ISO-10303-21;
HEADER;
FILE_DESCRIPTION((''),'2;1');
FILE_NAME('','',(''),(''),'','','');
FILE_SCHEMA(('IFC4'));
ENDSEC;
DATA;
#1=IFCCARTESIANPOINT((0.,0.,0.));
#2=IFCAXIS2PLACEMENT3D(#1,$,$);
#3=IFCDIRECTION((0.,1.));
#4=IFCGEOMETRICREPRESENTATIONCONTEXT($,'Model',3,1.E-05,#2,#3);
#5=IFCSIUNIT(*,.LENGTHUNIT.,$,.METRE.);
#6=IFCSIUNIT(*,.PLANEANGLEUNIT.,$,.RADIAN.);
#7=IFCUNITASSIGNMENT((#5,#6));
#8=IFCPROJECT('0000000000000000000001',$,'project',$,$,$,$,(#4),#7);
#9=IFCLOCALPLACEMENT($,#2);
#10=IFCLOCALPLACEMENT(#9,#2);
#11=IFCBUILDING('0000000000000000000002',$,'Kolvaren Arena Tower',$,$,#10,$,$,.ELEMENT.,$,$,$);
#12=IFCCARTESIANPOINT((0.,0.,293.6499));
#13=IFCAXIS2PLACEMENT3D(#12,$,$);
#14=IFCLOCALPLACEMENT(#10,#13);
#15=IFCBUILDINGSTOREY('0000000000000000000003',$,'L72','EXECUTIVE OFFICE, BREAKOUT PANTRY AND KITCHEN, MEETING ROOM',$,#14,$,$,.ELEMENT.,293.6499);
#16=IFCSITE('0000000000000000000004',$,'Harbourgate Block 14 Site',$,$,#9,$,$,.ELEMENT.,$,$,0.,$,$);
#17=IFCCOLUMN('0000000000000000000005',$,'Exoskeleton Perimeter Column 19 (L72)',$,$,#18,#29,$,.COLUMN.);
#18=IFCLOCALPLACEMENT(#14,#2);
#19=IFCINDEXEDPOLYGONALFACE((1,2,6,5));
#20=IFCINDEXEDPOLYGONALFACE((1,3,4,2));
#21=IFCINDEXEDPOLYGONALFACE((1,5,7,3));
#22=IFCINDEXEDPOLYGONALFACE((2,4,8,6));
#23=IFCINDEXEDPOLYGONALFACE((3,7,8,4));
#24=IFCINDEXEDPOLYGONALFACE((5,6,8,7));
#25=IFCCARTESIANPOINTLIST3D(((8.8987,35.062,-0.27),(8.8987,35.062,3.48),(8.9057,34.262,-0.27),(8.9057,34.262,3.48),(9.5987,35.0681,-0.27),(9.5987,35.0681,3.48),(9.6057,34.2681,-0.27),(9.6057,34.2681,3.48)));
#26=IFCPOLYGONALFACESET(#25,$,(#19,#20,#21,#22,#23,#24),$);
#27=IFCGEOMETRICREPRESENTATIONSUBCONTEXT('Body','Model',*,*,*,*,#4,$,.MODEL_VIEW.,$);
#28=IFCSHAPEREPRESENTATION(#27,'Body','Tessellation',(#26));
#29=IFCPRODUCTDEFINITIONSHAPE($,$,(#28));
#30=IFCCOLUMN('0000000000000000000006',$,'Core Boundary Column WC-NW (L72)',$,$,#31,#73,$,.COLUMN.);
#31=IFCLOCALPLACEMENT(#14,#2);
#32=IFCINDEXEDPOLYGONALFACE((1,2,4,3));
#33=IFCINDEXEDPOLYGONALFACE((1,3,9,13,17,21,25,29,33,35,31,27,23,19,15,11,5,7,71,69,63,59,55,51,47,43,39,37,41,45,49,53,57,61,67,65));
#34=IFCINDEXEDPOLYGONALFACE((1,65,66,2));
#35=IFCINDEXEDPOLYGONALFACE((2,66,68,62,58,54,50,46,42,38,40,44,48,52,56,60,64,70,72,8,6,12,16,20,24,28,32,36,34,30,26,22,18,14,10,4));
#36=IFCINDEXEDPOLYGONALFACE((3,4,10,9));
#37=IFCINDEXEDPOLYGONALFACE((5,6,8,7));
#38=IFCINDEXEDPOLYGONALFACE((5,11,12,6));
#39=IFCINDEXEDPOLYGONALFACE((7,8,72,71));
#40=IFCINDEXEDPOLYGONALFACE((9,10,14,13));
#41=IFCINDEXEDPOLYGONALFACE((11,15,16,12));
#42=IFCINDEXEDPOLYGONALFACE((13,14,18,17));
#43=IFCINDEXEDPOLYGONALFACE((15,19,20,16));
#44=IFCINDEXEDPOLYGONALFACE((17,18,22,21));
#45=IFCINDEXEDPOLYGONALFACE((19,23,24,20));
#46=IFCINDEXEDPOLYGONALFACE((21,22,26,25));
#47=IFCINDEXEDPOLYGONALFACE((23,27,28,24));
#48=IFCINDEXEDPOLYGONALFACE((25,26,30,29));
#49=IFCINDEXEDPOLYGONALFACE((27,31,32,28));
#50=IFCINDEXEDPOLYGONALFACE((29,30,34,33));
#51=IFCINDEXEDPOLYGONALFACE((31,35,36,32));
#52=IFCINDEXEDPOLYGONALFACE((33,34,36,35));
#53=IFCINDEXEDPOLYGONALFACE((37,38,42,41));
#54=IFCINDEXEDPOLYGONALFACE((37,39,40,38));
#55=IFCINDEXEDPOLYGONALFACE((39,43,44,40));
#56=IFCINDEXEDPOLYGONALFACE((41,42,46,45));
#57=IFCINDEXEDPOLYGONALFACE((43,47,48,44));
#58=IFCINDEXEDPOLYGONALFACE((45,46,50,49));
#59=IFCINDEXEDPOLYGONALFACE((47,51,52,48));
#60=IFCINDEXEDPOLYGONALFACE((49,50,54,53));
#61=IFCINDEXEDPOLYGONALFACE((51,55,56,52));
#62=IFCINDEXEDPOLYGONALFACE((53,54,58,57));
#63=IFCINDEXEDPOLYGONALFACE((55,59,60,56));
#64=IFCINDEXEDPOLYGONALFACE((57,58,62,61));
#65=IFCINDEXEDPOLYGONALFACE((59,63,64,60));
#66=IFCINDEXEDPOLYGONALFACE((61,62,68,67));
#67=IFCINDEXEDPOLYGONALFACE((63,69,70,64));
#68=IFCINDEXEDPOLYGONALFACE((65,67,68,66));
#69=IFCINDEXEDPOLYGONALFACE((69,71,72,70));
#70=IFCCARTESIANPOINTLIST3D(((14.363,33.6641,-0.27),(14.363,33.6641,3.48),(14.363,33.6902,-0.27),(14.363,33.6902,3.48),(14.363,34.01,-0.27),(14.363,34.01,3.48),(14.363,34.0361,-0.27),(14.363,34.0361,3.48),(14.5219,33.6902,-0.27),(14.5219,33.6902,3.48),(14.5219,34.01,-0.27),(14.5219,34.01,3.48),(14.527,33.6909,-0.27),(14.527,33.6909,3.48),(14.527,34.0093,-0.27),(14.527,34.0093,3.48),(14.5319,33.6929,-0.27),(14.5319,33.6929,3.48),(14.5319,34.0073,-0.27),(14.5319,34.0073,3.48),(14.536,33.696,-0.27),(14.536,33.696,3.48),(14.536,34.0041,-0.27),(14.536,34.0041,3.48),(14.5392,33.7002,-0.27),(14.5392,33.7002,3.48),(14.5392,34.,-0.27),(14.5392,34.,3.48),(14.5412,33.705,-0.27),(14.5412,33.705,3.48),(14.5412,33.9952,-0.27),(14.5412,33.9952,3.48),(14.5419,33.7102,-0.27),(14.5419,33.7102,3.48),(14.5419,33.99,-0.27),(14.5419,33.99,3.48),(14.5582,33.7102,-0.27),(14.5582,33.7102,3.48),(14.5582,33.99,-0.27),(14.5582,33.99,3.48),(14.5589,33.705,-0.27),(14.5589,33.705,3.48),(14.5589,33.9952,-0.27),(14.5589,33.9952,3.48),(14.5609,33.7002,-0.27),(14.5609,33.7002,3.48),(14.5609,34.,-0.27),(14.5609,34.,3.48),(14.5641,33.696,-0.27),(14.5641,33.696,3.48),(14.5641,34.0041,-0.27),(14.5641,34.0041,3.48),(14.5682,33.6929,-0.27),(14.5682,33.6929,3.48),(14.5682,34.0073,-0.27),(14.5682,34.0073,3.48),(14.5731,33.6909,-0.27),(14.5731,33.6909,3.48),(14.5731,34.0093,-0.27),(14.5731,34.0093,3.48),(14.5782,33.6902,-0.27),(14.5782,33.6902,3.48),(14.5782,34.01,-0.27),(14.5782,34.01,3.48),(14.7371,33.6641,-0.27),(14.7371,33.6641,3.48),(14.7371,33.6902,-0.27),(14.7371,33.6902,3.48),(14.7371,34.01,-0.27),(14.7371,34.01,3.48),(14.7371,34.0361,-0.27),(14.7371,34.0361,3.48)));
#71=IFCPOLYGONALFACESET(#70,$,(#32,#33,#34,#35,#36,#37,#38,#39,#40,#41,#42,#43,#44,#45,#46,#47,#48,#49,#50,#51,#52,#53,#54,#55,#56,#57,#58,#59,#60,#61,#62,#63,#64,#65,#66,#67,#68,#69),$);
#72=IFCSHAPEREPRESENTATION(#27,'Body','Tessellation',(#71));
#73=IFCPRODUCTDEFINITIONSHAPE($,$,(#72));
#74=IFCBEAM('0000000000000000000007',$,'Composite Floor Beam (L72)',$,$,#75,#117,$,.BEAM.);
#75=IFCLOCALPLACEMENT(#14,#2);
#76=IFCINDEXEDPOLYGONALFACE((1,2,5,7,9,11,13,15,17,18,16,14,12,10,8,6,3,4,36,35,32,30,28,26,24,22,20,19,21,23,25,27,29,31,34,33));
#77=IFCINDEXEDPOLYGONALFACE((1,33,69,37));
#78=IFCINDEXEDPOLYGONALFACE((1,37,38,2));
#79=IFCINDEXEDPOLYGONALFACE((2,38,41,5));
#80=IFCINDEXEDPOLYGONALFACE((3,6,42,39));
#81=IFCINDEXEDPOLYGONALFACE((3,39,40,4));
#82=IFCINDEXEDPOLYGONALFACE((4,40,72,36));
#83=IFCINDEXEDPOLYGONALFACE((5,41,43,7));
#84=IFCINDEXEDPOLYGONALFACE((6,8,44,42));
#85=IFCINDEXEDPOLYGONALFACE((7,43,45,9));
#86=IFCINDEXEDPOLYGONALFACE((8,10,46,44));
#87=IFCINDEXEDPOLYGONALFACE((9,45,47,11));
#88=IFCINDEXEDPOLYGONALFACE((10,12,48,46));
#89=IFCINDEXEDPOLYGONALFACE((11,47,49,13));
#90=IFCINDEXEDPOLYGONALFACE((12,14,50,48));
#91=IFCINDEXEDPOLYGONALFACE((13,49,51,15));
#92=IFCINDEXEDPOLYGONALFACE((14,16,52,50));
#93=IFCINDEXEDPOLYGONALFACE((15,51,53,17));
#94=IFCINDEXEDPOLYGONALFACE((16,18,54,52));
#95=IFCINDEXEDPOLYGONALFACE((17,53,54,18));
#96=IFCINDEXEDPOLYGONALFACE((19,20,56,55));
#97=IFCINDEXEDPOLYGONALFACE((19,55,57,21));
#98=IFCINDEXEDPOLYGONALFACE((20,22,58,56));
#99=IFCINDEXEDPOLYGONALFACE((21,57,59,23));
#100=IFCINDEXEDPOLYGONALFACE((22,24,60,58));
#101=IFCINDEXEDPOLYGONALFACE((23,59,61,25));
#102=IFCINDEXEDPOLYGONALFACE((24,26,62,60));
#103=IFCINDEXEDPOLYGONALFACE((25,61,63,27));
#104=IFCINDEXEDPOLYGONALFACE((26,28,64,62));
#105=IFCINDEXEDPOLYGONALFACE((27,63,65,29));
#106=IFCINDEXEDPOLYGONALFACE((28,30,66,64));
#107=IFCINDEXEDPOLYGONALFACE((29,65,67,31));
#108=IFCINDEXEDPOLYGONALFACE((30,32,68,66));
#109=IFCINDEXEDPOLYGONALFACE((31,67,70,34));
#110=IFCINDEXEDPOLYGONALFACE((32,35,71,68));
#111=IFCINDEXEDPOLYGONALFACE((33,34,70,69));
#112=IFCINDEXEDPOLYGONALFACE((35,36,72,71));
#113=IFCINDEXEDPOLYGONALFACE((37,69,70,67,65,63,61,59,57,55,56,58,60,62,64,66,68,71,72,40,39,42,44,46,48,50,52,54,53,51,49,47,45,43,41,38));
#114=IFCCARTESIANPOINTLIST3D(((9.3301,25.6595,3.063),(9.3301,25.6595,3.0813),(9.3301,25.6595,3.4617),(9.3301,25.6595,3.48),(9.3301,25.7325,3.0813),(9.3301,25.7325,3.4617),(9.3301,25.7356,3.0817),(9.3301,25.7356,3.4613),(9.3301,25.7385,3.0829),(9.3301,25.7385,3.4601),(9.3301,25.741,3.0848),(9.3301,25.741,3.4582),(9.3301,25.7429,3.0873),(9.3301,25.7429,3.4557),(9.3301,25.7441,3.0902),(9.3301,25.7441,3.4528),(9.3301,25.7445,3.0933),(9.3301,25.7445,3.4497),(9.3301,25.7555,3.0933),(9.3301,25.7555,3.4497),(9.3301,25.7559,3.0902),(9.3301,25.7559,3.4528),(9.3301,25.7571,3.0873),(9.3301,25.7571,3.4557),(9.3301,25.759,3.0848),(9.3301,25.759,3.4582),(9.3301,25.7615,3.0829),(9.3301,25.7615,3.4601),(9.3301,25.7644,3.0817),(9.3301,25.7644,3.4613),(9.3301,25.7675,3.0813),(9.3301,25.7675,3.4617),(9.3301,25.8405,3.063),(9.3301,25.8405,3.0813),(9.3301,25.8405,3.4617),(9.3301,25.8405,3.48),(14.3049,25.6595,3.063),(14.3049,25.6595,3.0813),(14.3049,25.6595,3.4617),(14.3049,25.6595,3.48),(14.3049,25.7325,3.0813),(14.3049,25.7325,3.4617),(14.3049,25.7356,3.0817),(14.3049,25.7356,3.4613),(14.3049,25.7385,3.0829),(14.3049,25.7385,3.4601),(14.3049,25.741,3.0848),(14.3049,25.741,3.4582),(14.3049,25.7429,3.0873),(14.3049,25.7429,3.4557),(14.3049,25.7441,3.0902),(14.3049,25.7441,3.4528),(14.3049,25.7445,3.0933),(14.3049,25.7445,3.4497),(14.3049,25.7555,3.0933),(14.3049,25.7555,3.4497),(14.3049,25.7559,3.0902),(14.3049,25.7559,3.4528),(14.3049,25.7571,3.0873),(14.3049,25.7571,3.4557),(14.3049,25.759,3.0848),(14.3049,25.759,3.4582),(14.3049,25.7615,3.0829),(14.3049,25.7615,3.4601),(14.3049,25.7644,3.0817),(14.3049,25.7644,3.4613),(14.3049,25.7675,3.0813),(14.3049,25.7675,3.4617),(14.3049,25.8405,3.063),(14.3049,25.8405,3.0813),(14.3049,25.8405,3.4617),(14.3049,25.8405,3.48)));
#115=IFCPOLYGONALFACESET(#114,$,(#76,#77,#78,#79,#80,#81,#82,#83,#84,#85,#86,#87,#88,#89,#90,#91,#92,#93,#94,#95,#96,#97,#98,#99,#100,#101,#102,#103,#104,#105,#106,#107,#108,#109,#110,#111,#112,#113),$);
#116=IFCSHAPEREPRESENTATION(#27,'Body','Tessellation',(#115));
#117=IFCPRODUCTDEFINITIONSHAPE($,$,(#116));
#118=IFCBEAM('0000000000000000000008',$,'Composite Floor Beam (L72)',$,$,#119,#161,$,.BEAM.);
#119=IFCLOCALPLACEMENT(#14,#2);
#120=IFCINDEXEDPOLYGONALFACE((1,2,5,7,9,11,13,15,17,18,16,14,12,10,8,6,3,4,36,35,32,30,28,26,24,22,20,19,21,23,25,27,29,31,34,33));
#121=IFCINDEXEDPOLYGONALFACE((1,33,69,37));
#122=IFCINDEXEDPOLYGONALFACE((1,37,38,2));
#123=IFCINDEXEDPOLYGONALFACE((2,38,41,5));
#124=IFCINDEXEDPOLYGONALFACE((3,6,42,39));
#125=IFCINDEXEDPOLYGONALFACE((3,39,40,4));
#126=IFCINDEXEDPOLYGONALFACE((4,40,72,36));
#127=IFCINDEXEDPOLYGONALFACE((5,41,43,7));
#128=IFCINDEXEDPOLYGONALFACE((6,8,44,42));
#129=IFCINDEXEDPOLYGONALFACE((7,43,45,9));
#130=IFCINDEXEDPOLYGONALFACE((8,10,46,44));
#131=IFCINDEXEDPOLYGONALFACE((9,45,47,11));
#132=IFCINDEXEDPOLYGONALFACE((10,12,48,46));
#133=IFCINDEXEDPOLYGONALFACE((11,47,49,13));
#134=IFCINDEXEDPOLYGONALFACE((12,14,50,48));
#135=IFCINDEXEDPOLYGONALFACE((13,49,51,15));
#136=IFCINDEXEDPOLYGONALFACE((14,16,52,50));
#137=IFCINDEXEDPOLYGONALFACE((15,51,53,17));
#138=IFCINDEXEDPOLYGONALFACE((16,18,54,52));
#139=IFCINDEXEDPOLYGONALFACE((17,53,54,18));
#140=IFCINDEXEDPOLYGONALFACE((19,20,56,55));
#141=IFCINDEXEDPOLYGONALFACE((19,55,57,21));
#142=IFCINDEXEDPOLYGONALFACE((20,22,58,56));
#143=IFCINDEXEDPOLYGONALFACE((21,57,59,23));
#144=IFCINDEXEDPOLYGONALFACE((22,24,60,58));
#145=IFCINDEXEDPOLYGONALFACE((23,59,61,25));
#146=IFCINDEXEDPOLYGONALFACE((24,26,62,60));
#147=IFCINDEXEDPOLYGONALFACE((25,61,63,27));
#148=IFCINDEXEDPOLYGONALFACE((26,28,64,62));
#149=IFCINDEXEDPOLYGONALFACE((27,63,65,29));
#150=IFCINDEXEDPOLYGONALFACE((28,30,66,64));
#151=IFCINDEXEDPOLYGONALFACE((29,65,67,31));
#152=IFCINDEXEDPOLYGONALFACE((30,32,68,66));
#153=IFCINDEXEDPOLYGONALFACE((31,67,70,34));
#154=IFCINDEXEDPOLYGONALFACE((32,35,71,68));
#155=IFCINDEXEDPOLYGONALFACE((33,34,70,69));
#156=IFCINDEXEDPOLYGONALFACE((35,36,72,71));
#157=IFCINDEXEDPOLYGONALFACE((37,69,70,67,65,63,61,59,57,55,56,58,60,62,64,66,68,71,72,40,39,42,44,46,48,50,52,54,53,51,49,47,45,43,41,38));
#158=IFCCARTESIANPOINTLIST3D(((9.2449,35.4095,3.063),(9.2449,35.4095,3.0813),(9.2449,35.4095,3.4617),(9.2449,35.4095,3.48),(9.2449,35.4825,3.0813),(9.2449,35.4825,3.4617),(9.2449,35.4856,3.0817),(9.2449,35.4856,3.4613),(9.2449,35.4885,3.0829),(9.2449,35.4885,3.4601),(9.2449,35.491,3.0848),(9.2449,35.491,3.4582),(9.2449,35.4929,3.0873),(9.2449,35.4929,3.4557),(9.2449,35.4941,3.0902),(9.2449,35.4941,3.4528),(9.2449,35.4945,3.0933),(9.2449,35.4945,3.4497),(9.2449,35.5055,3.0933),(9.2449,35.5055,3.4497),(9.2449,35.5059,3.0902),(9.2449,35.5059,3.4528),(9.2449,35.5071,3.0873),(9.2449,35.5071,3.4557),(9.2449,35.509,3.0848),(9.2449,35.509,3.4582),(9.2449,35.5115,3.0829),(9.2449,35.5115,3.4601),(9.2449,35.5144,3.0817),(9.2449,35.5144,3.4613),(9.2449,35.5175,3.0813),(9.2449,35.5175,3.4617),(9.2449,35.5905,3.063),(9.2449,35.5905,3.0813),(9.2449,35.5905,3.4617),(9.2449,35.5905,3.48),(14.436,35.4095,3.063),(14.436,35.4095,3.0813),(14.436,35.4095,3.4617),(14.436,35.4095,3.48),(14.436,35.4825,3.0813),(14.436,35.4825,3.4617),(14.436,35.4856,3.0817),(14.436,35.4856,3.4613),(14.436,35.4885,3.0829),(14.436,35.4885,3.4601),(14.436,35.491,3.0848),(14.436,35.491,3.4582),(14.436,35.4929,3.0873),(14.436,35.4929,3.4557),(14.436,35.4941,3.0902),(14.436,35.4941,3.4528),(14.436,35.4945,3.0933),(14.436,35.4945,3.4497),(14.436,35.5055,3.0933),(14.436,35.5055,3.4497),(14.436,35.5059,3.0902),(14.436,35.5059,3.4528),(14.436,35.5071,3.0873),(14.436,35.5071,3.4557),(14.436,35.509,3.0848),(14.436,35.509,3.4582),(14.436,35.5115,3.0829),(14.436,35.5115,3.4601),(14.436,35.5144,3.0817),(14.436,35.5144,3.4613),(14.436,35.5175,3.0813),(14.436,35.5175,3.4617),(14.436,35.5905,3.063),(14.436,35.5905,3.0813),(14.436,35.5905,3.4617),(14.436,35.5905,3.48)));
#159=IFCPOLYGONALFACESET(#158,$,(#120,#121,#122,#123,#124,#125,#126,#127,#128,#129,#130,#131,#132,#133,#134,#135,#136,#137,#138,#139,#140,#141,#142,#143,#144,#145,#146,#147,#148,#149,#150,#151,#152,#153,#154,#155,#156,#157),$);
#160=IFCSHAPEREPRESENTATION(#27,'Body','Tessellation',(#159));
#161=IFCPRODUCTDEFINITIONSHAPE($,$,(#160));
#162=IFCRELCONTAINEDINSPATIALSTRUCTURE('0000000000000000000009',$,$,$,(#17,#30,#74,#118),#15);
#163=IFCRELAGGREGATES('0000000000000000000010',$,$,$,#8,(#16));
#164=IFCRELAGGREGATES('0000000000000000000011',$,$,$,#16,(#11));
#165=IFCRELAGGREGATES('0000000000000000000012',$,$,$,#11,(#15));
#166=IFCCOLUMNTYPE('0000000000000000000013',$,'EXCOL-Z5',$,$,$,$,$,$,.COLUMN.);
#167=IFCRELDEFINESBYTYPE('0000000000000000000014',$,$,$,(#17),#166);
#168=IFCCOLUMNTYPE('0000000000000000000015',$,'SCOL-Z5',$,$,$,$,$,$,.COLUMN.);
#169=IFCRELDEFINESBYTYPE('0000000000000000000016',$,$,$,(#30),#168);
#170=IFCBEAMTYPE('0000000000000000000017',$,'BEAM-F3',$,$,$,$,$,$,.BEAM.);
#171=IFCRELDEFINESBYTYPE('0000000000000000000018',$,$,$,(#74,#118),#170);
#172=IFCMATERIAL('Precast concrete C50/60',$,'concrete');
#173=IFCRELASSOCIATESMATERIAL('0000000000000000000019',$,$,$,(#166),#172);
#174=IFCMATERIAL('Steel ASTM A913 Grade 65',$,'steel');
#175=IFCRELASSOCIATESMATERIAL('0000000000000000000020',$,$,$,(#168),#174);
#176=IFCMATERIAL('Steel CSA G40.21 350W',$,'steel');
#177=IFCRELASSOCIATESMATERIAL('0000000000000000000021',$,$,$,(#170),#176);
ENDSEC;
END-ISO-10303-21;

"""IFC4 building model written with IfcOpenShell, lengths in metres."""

from ifc_helpers import new_model, si_unit, direction, frame, origin, origin_2d, place, context, subcontext, project, spatial, rectangle, i_section, extrude, material, material_profile, profile_set, type_object, element, save


model = new_model("IFC4")

# Units and contexts
model_context = context("Model", 3, precision=1e-05, world=origin(), true_north=direction((0.0, 1.0)))
body_context = subcontext(model_context, "Body", "Model", "MODEL_VIEW")
ifc_project = project(units=[si_unit("LENGTHUNIT", "METRE"), si_unit("PLANEANGLEUNIT", "RADIAN")], contexts=[model_context])

# Site, building, storey
site_placement = place(None, origin())
site = spatial("IfcSite", under=ifc_project, at=site_placement, Name="Harbourgate Block 14 Site", CompositionType="ELEMENT", RefElevation=0.0)
building_placement = place(site_placement, origin())
building = spatial("IfcBuilding", under=site, at=building_placement, Name="Kolvaren Arena Tower", CompositionType="ELEMENT")
storey_placement = place(building_placement, frame((0.0, 0.0, 293.6499)))
storey = spatial("IfcBuildingStorey", under=building, at=storey_placement, Name="L72", Description="EXECUTIVE OFFICE, BREAKOUT PANTRY AND KITCHEN, MEETING ROOM", CompositionType="ELEMENT", Elevation=293.6499)

# Columns
ifc_material_1 = material(Name="Precast concrete C50/60", Category="concrete")
ifc_material_profile_1 = material_profile(ifc_material_1, rectangle(XDim=0.8, YDim=0.7, at=origin_2d()), Name="RC-800x700")
ifc_profile_set_1 = profile_set([ifc_material_profile_1], Name="Precast concrete C50/60")
column_type_1 = type_object("IfcColumnType", Name="EXCOL-Z5", PredefinedType="COLUMN", material=ifc_profile_set_1)
column_1_placement = place(storey_placement, frame((9.2522, 34.665, -0.27), z_axis=(0.0, 0.0, 1.0), x_axis=(-0.008727, 0.999962, 0.0)))
element("IfcColumn", 1, at=column_1_placement, inside=storey, type_object=column_type_1, Name="Exoskeleton Perimeter Column 19 (L72)", PredefinedType="COLUMN", context=body_context, shape_type="SweptSolid", body=[
    extrude(rectangle(XDim=0.8, YDim=0.7, at=origin_2d()), origin(), (0.0, 0.0, 1.0), 3.75),
])
ifc_material_2 = material(Name="Steel ASTM A913 Grade 65", Category="steel")
ifc_material_profile_2 = material_profile(ifc_material_2, i_section(OverallWidth=0.374, OverallDepth=0.3721, WebThickness=0.0164, FlangeThickness=0.0261, FilletRadius=0.02, at=origin_2d()), Name="W360x196")
ifc_profile_set_2 = profile_set([ifc_material_profile_2], Name="Steel ASTM A913 Grade 65")
column_type_2 = type_object("IfcColumnType", Name="SCOL-Z5", PredefinedType="COLUMN", material=ifc_profile_set_2)
column_2_placement = place(storey_placement, frame((14.55, 33.8501, -0.27), z_axis=(0.0, 0.0, 1.0), x_axis=(1.0, 0.0, 0.0)))
element("IfcColumn", 2, at=column_2_placement, inside=storey, type_object=column_type_2, Name="Core Boundary Column WC-NW (L72)", PredefinedType="COLUMN", context=body_context, shape_type="SweptSolid", body=[
    extrude(i_section(OverallWidth=0.374, OverallDepth=0.3721, WebThickness=0.0164, FlangeThickness=0.0261, FilletRadius=0.02, at=origin_2d()), origin(), (0.0, 0.0, 1.0), 3.75),
])

# Beams
ifc_material_3 = material(Name="Steel CSA G40.21 350W", Category="steel")
ifc_material_profile_3 = material_profile(ifc_material_3, i_section(OverallWidth=0.1809, OverallDepth=0.417, WebThickness=0.011, FlangeThickness=0.0183, FilletRadius=0.012, at=origin_2d()), Name="W410x85")
ifc_profile_set_3 = profile_set([ifc_material_profile_3], Name="Steel CSA G40.21 350W")
beam_type_1 = type_object("IfcBeamType", Name="BEAM-F3", PredefinedType="BEAM", material=ifc_profile_set_3)
beam_1_placement = place(storey_placement, frame((9.3301, 25.75, 3.2715), z_axis=(1.0, 0.0, 0.0), x_axis=(0.0, 1.0, 0.0)))
element("IfcBeam", 3, at=beam_1_placement, inside=storey, type_object=beam_type_1, Name="Composite Floor Beam (L72)", PredefinedType="BEAM", context=body_context, shape_type="SweptSolid", body=[
    extrude(i_section(OverallWidth=0.1809, OverallDepth=0.417, WebThickness=0.011, FlangeThickness=0.0183, FilletRadius=0.012, at=origin_2d()), origin(), (0.0, 0.0, 1.0), 4.9749),
])
beam_2_placement = place(storey_placement, frame((9.2449, 35.5, 3.2715), z_axis=(1.0, 0.0, 0.0), x_axis=(0.0, 1.0, 0.0)))
element("IfcBeam", 4, at=beam_2_placement, inside=storey, type_object=beam_type_1, Name="Composite Floor Beam (L72)", PredefinedType="BEAM", context=body_context, shape_type="SweptSolid", body=[
    extrude(i_section(OverallWidth=0.1809, OverallDepth=0.417, WebThickness=0.011, FlangeThickness=0.0183, FilletRadius=0.012, at=origin_2d()), origin(), (0.0, 0.0, 1.0), 5.1912),
])

save(model, "model.ifc")
